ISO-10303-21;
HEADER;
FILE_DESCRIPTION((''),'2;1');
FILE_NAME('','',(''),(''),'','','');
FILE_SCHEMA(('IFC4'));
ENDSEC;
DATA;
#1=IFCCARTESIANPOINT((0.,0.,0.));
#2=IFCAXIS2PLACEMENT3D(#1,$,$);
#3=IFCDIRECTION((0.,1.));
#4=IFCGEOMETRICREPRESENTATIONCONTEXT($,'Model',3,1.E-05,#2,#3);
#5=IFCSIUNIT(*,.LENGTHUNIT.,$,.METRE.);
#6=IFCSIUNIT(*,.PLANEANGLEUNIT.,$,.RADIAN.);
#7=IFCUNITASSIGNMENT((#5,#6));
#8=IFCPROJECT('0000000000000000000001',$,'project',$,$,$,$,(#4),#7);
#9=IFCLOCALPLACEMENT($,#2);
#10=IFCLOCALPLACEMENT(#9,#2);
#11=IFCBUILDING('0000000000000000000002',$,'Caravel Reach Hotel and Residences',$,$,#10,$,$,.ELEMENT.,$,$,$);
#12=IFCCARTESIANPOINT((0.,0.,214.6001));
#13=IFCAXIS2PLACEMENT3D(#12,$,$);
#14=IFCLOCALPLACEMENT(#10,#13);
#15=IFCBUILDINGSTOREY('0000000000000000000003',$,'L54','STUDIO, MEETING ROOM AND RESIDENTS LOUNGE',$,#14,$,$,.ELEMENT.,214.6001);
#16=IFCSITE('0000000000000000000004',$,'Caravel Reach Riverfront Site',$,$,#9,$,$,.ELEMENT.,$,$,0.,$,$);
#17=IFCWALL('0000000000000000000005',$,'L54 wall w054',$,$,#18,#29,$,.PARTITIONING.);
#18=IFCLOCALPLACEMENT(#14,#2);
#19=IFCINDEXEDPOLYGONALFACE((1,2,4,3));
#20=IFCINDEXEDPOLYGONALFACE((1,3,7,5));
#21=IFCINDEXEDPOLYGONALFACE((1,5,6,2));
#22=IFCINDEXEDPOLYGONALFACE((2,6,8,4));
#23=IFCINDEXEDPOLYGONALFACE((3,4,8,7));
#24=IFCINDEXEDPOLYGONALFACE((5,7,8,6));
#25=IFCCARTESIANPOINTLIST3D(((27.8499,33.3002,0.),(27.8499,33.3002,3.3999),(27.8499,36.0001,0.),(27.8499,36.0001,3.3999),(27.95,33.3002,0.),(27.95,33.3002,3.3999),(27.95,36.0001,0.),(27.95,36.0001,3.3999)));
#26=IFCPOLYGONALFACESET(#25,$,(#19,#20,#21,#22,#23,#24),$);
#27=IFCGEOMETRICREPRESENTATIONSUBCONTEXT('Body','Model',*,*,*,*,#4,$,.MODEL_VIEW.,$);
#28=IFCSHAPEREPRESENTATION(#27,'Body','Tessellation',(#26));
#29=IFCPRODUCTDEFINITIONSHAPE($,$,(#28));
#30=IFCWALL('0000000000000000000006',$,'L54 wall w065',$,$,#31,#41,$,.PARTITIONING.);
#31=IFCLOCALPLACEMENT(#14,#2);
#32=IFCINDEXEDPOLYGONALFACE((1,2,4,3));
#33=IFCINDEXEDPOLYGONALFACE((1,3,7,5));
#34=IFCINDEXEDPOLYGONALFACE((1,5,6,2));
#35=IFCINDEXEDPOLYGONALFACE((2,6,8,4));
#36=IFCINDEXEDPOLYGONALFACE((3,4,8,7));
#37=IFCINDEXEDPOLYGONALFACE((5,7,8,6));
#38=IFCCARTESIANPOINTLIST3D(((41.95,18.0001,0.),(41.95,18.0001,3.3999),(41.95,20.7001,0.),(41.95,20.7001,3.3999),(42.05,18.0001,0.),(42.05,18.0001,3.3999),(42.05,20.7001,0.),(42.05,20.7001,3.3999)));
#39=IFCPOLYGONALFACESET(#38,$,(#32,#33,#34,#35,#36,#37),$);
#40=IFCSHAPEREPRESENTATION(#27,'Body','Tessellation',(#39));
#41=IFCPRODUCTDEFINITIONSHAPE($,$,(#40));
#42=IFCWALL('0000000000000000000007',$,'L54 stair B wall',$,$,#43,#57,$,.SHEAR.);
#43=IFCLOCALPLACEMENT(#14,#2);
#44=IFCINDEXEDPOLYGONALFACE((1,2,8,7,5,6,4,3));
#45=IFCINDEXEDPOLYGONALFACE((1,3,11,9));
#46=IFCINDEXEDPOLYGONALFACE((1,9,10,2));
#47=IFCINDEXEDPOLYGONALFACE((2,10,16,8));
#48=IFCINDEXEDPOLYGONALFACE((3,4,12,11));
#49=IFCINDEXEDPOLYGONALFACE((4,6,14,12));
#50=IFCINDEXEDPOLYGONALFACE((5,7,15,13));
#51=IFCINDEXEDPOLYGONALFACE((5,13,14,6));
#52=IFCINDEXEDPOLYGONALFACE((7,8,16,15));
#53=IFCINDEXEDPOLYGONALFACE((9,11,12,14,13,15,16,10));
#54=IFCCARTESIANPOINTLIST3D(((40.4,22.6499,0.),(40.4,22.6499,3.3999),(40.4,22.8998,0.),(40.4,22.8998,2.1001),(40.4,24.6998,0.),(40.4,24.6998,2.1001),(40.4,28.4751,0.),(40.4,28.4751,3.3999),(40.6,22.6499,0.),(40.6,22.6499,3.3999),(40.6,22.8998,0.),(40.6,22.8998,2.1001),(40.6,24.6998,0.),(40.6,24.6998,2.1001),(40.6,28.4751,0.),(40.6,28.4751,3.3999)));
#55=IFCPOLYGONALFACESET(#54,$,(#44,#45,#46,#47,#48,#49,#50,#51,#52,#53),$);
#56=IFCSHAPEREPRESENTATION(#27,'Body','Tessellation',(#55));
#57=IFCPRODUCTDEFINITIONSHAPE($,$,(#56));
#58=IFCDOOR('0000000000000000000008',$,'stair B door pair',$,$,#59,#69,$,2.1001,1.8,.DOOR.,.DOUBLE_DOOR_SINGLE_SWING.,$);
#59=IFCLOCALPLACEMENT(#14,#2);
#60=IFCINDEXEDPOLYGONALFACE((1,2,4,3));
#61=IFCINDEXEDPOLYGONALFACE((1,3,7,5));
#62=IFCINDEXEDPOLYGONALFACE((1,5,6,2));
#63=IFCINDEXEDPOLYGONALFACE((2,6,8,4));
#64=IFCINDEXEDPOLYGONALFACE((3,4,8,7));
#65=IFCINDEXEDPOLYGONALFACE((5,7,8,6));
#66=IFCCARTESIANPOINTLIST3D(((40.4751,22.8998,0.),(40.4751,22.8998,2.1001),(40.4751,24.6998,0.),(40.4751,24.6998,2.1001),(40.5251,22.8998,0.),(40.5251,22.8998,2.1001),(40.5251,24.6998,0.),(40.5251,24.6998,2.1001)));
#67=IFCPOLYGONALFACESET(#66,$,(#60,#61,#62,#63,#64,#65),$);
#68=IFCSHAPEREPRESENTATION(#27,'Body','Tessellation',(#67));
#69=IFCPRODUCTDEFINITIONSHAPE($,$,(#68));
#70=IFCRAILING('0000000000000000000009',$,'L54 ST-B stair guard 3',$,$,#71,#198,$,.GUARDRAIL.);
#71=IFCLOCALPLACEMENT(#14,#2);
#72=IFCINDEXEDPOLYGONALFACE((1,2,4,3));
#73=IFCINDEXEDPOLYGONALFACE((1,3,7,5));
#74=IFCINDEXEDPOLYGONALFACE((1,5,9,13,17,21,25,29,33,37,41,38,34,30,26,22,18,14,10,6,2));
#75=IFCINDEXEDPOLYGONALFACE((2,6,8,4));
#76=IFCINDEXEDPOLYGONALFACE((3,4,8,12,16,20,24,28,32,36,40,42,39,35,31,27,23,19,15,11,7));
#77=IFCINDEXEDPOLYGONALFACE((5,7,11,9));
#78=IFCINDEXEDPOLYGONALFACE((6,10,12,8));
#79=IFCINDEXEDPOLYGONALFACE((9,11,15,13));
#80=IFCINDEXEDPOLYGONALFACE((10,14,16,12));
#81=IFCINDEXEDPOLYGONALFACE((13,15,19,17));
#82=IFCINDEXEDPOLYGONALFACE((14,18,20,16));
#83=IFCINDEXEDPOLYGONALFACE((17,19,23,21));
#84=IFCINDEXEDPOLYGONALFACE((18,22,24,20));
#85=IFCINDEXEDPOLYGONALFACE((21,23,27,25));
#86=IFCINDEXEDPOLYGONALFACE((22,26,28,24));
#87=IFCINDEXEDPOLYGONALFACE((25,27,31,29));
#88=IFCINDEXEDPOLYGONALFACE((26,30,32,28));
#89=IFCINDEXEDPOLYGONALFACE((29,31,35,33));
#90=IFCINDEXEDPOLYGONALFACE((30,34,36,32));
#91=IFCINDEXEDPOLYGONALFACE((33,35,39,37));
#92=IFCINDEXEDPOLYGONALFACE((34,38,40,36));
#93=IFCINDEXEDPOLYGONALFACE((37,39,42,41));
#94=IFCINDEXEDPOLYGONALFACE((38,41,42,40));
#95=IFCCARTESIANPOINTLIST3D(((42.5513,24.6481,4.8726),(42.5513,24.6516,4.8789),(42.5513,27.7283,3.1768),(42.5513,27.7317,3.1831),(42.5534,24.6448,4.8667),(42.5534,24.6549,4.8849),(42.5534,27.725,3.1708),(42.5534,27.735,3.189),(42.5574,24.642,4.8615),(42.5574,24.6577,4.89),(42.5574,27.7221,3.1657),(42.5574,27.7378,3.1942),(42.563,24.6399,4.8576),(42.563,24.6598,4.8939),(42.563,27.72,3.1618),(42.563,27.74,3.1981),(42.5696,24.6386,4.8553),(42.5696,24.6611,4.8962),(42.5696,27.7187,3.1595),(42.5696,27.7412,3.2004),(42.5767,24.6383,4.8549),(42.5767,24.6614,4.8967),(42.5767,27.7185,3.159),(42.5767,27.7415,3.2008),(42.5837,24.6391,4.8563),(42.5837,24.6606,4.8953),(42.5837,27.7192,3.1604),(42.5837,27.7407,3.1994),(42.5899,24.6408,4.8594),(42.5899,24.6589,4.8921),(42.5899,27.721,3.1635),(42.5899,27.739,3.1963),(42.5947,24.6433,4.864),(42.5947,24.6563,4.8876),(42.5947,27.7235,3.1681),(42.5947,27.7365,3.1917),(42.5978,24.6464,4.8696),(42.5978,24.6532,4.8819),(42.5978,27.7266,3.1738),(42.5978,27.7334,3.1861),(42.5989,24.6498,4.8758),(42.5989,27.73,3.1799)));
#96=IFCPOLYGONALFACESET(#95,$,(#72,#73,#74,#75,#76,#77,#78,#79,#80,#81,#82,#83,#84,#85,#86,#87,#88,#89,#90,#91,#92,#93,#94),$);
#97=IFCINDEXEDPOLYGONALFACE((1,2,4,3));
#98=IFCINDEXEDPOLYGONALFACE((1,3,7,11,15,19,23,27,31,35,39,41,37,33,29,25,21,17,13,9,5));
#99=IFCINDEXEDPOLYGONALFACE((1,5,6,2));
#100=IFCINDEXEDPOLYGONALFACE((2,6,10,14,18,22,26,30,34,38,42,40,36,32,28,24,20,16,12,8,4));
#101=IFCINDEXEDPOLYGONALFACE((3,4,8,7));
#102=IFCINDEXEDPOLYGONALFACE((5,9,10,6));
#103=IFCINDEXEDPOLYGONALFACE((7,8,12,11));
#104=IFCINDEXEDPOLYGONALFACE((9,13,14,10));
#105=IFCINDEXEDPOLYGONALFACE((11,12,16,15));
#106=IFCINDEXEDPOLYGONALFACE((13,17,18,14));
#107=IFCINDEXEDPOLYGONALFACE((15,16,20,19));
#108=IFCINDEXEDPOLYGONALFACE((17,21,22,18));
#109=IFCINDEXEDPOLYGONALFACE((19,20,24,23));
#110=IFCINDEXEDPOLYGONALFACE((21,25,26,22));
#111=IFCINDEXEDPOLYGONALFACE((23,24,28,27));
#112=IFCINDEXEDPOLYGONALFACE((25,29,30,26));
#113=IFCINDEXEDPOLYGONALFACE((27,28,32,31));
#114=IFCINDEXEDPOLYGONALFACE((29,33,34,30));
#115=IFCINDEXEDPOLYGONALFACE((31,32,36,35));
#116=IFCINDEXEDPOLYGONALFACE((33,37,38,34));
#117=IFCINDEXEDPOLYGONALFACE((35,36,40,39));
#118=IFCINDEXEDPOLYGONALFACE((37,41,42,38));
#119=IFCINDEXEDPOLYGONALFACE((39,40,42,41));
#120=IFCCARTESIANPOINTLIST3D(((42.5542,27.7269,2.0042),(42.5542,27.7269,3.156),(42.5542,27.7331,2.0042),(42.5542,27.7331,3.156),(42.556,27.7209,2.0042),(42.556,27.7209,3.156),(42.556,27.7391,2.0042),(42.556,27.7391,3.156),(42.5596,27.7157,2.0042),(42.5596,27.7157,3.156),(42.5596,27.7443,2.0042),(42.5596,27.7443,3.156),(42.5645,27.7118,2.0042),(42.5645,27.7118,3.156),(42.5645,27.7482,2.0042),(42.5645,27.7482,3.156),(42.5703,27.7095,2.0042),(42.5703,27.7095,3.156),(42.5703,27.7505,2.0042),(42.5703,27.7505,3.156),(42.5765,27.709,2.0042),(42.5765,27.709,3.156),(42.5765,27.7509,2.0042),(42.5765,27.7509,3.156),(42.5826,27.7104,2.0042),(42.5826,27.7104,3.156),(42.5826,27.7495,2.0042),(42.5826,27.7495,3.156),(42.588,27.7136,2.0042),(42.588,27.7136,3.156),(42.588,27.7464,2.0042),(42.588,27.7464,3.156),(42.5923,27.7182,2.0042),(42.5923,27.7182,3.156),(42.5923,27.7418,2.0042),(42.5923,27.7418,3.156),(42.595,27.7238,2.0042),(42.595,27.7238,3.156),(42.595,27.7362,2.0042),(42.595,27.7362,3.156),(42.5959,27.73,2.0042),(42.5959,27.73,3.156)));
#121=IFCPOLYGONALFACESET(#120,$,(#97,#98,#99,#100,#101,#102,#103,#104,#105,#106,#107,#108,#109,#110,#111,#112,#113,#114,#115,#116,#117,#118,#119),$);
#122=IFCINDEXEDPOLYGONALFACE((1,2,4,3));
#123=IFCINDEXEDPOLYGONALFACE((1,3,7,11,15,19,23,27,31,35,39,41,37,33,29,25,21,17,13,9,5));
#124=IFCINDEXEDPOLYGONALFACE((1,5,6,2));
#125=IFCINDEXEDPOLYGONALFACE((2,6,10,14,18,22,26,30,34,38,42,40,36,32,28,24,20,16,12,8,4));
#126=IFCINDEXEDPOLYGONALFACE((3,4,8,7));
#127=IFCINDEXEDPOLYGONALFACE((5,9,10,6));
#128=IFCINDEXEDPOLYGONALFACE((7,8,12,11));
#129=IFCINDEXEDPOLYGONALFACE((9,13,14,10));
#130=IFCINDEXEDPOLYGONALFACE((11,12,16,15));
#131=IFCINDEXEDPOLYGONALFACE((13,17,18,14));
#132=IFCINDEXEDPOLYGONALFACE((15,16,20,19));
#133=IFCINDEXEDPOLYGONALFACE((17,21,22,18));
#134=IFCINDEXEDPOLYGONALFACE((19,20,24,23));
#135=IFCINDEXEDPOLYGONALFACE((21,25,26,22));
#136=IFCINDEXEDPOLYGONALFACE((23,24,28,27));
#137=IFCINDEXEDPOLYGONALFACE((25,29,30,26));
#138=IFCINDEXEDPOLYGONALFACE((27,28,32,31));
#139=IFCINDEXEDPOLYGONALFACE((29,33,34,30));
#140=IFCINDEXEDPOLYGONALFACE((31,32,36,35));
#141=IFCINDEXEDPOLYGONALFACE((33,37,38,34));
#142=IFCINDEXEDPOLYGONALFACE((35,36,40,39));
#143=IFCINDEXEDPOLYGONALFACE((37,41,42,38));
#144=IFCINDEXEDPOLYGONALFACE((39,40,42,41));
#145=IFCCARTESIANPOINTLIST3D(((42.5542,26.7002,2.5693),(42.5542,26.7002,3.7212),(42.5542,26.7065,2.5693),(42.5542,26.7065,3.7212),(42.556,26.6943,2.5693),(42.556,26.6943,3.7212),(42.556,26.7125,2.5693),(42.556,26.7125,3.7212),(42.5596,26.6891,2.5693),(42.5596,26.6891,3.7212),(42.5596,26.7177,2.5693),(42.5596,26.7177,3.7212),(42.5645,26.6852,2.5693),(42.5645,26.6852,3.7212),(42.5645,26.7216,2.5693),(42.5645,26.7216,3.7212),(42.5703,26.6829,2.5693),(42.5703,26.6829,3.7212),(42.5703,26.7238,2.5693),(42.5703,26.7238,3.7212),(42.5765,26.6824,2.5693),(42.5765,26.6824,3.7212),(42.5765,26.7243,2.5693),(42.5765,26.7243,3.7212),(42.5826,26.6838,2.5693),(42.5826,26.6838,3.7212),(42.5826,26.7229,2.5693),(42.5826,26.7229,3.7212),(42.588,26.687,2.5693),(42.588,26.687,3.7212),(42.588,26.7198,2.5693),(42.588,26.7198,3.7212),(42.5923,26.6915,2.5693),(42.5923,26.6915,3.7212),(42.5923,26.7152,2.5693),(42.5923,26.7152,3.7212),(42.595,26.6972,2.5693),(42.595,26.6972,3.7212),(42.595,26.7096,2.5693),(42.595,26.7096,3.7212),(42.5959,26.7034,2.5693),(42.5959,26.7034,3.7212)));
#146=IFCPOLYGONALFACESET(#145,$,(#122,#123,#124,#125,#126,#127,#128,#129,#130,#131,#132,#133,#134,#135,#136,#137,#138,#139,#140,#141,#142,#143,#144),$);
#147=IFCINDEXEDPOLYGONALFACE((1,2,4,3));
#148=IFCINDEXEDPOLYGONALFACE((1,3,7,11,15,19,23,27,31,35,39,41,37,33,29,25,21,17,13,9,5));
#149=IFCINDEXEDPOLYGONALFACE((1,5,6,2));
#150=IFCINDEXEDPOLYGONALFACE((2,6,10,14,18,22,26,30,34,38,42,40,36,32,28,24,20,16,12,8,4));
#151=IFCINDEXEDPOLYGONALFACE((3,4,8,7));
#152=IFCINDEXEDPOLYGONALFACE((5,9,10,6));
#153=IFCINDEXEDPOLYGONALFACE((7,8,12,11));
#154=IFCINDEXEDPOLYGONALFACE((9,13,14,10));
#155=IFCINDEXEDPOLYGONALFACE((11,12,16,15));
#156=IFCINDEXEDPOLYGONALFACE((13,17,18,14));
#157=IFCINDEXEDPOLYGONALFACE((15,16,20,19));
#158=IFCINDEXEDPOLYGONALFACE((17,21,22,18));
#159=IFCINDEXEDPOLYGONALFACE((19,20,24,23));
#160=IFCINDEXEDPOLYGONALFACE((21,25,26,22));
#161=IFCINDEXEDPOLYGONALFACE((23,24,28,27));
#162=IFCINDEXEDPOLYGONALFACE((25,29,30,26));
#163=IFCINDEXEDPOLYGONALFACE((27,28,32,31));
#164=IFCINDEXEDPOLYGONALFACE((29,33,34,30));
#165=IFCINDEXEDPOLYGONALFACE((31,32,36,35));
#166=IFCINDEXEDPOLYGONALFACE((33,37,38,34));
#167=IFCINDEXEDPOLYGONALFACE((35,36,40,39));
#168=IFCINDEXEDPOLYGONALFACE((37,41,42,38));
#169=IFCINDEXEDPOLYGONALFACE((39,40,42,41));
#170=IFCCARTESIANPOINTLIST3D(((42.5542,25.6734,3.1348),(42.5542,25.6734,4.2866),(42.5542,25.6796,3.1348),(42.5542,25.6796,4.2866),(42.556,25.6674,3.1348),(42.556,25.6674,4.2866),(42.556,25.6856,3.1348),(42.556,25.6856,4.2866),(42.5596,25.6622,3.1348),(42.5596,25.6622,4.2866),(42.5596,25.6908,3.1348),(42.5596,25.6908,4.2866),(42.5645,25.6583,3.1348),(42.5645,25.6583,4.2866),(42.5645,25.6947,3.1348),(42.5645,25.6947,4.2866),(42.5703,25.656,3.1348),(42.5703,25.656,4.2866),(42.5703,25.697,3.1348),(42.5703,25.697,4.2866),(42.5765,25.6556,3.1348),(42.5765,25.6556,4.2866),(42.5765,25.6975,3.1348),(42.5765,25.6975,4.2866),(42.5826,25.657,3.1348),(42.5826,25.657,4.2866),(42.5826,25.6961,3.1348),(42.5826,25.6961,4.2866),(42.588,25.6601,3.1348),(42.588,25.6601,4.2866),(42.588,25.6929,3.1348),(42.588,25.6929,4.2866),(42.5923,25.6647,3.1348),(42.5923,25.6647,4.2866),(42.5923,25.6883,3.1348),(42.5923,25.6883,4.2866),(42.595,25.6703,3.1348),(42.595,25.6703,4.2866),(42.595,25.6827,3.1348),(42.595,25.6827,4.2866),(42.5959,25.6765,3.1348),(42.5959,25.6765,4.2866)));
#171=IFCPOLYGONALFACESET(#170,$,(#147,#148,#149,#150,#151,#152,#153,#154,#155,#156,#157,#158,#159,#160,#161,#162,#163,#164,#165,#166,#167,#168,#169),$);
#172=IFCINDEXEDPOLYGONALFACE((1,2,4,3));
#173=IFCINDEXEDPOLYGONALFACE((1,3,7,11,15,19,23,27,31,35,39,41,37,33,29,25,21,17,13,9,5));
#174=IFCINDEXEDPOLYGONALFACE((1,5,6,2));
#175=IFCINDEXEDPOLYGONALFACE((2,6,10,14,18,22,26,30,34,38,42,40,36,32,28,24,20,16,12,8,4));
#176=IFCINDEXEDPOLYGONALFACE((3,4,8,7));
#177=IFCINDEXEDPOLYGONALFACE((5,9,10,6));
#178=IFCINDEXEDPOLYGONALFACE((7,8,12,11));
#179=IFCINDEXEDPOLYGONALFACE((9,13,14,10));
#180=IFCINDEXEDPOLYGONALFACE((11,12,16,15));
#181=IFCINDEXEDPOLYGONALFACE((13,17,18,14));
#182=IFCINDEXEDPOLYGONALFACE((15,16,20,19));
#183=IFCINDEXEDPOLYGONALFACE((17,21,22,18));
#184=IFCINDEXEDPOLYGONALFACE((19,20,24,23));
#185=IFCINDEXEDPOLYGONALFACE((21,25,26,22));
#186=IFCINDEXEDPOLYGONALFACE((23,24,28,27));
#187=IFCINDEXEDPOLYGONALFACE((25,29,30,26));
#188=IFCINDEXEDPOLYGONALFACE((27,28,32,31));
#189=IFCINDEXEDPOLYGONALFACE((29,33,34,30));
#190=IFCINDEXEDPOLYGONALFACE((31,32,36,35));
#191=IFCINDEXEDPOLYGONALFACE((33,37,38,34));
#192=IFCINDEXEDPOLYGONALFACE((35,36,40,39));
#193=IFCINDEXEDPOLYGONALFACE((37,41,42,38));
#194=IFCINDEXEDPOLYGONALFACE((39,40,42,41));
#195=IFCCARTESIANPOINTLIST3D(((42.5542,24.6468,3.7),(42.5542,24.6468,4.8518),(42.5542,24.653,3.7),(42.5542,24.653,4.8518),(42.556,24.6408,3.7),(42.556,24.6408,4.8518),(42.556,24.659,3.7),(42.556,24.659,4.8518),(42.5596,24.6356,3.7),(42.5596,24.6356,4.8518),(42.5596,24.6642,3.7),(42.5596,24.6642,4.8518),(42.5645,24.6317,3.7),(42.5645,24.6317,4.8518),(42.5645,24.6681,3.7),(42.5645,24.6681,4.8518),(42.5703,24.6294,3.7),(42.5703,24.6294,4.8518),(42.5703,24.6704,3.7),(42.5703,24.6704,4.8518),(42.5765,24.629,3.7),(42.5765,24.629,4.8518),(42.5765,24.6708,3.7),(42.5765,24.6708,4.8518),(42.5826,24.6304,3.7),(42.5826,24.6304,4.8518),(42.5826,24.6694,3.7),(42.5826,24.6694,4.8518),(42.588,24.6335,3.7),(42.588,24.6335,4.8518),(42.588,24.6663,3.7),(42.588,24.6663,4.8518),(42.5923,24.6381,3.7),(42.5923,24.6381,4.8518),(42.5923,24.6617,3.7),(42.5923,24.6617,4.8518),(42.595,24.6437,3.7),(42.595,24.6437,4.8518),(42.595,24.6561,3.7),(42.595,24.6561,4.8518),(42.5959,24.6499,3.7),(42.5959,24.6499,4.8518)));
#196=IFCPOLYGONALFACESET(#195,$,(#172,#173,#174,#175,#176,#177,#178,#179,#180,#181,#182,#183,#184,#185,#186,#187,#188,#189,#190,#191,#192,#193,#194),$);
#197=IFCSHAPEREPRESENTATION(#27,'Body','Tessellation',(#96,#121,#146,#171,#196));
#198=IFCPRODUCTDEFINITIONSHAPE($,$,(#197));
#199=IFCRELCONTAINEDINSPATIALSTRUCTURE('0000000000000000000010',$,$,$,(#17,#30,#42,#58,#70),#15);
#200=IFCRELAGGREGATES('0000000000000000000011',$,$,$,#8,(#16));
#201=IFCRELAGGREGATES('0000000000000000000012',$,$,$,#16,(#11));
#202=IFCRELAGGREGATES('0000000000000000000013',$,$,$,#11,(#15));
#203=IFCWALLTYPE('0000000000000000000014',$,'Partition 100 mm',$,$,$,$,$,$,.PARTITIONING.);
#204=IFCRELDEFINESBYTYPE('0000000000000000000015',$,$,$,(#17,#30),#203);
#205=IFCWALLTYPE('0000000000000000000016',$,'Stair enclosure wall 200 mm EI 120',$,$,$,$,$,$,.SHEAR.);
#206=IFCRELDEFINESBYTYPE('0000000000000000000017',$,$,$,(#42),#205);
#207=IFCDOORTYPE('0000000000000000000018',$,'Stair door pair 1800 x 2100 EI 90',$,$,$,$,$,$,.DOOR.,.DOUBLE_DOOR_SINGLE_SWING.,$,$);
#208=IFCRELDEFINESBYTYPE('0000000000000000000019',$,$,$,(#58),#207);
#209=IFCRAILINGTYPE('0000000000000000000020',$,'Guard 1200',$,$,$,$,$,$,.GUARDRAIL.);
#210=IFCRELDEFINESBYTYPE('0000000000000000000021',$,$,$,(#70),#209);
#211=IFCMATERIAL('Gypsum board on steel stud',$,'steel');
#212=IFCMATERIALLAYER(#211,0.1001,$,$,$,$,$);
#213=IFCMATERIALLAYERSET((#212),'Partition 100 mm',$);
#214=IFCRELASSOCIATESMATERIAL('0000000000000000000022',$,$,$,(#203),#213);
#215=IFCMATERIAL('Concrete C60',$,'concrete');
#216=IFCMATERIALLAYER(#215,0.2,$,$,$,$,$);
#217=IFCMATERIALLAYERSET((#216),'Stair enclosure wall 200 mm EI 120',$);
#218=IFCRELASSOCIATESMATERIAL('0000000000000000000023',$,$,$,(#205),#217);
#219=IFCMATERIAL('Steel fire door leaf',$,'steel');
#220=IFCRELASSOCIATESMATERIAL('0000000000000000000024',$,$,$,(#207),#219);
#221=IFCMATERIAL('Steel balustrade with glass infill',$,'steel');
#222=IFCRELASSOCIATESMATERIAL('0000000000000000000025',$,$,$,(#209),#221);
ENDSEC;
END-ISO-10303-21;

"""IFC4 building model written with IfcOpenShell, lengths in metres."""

from ifc_helpers import new_model, si_unit, direction, frame, frame_2d, origin, origin_2d, place, context, subcontext, project, spatial, rectangle, circle, extrude, material, layer, layer_set, type_object, element, fill, save


model = new_model("IFC4")

# Units and contexts
model_context = context("Model", 3, precision=1e-05, world=origin(), true_north=direction((0.0, 1.0)))
body_context = subcontext(model_context, "Body", "Model", "MODEL_VIEW")
ifc_project = project(units=[si_unit("LENGTHUNIT", "METRE"), si_unit("PLANEANGLEUNIT", "RADIAN")], contexts=[model_context])

# Site, building, storey
site_placement = place(None, origin())
site = spatial("IfcSite", under=ifc_project, at=site_placement, Name="Caravel Reach Riverfront Site", CompositionType="ELEMENT", RefElevation=0.0)
building_placement = place(site_placement, origin())
building = spatial("IfcBuilding", under=site, at=building_placement, Name="Caravel Reach Hotel and Residences", CompositionType="ELEMENT")
storey_placement = place(building_placement, frame((0.0, 0.0, 214.6001)))
storey = spatial("IfcBuildingStorey", under=building, at=storey_placement, Name="L54", Description="STUDIO, MEETING ROOM AND RESIDENTS LOUNGE", CompositionType="ELEMENT", Elevation=214.6001)

# Walls
ifc_material_1 = material(Name="Gypsum board on steel stud", Category="steel")
ifc_layer_1 = layer(ifc_material_1, 0.1001)
ifc_layer_set_1 = layer_set([ifc_layer_1], Name="Partition 100 mm")
wall_type_1 = type_object("IfcWallType", Name="Partition 100 mm", PredefinedType="PARTITIONING", material=ifc_layer_set_1)
for number, where, z_axis, x_axis, name in (
    (1, (27.8999, 33.3, 0.0), (0.0, 0.0, 1.0), (0.0, 1.0, 0.0), "L54 wall w054"),
    (2, (42.0, 18.0, 0.0), (0.0, 0.0, 1.0), (0.0, 1.0, 0.0), "L54 wall w065"),
):
    element("IfcWall", number, at=place(storey_placement, frame(where, z_axis=z_axis, x_axis=x_axis)), inside=storey, type_object=wall_type_1, Name=name, PredefinedType="PARTITIONING", context=body_context, shape_type="SweptSolid", body=[
        extrude(rectangle(XDim=2.7, YDim=0.1001, at=frame_2d((1.3501, 0.0))), origin(), (0.0, 0.0, 1.0), 3.3999),
    ])

# Wall, opening, door
ifc_material_2 = material(Name="Concrete C60", Category="concrete")
ifc_layer_2 = layer(ifc_material_2, 0.2)
ifc_layer_set_2 = layer_set([ifc_layer_2], Name="Stair enclosure wall 200 mm EI 120")
wall_type_2 = type_object("IfcWallType", Name="Stair enclosure wall 200 mm EI 120", PredefinedType="SHEAR", material=ifc_layer_set_2)
wall_1_placement = place(storey_placement, frame((40.5, 22.6499, 0.0), z_axis=(0.0, 0.0, 1.0), x_axis=(0.0, 1.0, 0.0)))
wall_1 = element("IfcWall", 3, at=wall_1_placement, inside=storey, type_object=wall_type_2, Name="L54 stair B wall", PredefinedType="SHEAR", context=body_context, shape_type="SweptSolid", body=[
    extrude(rectangle(XDim=5.8252, YDim=0.2, at=frame_2d((2.9126, 0.0))), origin(), (0.0, 0.0, 1.0), 3.3999),
])
opening_1_placement = place(wall_1_placement, frame((0.25, 0.0, 0.0)))
opening_1 = element("IfcOpeningElement", 4, at=opening_1_placement, cuts=wall_1, PredefinedType="OPENING", context=body_context, shape_type="SweptSolid", body=[
    extrude(rectangle(XDim=1.8, YDim=2.1001, at=frame_2d((0.8999, 1.05))), frame((0.0, 0.1099, 0.0), z_axis=(0.0, -1.0, 0.0), x_axis=(1.0, 0.0, 0.0)), (0.0, 0.0, 1.0), 0.22),
])
ifc_material_3 = material(Name="Steel fire door leaf", Category="steel")
door_type_1 = type_object("IfcDoorType", Name="Stair door pair 1800 x 2100 EI 90", OperationType="DOUBLE_DOOR_SINGLE_SWING", PredefinedType="DOOR", material=ifc_material_3)
door_1_placement = place(opening_1_placement, origin())
door_1 = element("IfcDoor", 5, at=door_1_placement, inside=storey, type_object=door_type_1, Name="stair B door pair", OperationType="DOUBLE_DOOR_SINGLE_SWING", OverallHeight=2.1001, OverallWidth=1.8, PredefinedType="DOOR", context=body_context, shape_type="SweptSolid", body=[
    extrude(rectangle(XDim=1.8, YDim=2.1001, at=frame_2d((0.8999, 1.05))), frame((0.0, 0.0249, 0.0), z_axis=(0.0, -1.0, 0.0), x_axis=(1.0, 0.0, 0.0)), (0.0, 0.0, 1.0), 0.05),
])
fill(opening_1, door_1)

# Railing
ifc_material_4 = material(Name="Steel balustrade with glass infill", Category="steel")
railing_type_1 = type_object("IfcRailingType", Name="Guard 1200", PredefinedType="GUARDRAIL", material=ifc_material_4)
railing_1_placement = place(storey_placement, frame((42.575, 27.73, 2.0042)))
element("IfcRailing", 6, at=railing_1_placement, inside=storey, type_object=railing_type_1, Name="L54 ST-B stair guard 3", PredefinedType="GUARDRAIL", context=body_context, shape_type="SweptSolid", body=[
    extrude(circle(Radius=0.0239, at=origin_2d()), frame((0.0, 0.0, 1.1758), z_axis=(0.0, -0.876005, 0.482303), x_axis=(1.0, 0.0, 0.0)), (0.0, 0.0, 1.0), 3.5161),
    extrude(circle(Radius=0.021, at=origin_2d()), origin(), (0.0, 0.0, 1.0), 1.1519),
    extrude(circle(Radius=0.021, at=origin_2d()), frame((0.0, -1.0266, 0.5652)), (0.0, 0.0, 1.0), 1.1519),
    extrude(circle(Radius=0.021, at=origin_2d()), frame((0.0, -2.0535, 1.1306)), (0.0, 0.0, 1.0), 1.1519),
    extrude(circle(Radius=0.021, at=origin_2d()), frame((0.0, -3.0801, 1.6958)), (0.0, 0.0, 1.0), 1.1519),
])

save(model, "model.ifc")
